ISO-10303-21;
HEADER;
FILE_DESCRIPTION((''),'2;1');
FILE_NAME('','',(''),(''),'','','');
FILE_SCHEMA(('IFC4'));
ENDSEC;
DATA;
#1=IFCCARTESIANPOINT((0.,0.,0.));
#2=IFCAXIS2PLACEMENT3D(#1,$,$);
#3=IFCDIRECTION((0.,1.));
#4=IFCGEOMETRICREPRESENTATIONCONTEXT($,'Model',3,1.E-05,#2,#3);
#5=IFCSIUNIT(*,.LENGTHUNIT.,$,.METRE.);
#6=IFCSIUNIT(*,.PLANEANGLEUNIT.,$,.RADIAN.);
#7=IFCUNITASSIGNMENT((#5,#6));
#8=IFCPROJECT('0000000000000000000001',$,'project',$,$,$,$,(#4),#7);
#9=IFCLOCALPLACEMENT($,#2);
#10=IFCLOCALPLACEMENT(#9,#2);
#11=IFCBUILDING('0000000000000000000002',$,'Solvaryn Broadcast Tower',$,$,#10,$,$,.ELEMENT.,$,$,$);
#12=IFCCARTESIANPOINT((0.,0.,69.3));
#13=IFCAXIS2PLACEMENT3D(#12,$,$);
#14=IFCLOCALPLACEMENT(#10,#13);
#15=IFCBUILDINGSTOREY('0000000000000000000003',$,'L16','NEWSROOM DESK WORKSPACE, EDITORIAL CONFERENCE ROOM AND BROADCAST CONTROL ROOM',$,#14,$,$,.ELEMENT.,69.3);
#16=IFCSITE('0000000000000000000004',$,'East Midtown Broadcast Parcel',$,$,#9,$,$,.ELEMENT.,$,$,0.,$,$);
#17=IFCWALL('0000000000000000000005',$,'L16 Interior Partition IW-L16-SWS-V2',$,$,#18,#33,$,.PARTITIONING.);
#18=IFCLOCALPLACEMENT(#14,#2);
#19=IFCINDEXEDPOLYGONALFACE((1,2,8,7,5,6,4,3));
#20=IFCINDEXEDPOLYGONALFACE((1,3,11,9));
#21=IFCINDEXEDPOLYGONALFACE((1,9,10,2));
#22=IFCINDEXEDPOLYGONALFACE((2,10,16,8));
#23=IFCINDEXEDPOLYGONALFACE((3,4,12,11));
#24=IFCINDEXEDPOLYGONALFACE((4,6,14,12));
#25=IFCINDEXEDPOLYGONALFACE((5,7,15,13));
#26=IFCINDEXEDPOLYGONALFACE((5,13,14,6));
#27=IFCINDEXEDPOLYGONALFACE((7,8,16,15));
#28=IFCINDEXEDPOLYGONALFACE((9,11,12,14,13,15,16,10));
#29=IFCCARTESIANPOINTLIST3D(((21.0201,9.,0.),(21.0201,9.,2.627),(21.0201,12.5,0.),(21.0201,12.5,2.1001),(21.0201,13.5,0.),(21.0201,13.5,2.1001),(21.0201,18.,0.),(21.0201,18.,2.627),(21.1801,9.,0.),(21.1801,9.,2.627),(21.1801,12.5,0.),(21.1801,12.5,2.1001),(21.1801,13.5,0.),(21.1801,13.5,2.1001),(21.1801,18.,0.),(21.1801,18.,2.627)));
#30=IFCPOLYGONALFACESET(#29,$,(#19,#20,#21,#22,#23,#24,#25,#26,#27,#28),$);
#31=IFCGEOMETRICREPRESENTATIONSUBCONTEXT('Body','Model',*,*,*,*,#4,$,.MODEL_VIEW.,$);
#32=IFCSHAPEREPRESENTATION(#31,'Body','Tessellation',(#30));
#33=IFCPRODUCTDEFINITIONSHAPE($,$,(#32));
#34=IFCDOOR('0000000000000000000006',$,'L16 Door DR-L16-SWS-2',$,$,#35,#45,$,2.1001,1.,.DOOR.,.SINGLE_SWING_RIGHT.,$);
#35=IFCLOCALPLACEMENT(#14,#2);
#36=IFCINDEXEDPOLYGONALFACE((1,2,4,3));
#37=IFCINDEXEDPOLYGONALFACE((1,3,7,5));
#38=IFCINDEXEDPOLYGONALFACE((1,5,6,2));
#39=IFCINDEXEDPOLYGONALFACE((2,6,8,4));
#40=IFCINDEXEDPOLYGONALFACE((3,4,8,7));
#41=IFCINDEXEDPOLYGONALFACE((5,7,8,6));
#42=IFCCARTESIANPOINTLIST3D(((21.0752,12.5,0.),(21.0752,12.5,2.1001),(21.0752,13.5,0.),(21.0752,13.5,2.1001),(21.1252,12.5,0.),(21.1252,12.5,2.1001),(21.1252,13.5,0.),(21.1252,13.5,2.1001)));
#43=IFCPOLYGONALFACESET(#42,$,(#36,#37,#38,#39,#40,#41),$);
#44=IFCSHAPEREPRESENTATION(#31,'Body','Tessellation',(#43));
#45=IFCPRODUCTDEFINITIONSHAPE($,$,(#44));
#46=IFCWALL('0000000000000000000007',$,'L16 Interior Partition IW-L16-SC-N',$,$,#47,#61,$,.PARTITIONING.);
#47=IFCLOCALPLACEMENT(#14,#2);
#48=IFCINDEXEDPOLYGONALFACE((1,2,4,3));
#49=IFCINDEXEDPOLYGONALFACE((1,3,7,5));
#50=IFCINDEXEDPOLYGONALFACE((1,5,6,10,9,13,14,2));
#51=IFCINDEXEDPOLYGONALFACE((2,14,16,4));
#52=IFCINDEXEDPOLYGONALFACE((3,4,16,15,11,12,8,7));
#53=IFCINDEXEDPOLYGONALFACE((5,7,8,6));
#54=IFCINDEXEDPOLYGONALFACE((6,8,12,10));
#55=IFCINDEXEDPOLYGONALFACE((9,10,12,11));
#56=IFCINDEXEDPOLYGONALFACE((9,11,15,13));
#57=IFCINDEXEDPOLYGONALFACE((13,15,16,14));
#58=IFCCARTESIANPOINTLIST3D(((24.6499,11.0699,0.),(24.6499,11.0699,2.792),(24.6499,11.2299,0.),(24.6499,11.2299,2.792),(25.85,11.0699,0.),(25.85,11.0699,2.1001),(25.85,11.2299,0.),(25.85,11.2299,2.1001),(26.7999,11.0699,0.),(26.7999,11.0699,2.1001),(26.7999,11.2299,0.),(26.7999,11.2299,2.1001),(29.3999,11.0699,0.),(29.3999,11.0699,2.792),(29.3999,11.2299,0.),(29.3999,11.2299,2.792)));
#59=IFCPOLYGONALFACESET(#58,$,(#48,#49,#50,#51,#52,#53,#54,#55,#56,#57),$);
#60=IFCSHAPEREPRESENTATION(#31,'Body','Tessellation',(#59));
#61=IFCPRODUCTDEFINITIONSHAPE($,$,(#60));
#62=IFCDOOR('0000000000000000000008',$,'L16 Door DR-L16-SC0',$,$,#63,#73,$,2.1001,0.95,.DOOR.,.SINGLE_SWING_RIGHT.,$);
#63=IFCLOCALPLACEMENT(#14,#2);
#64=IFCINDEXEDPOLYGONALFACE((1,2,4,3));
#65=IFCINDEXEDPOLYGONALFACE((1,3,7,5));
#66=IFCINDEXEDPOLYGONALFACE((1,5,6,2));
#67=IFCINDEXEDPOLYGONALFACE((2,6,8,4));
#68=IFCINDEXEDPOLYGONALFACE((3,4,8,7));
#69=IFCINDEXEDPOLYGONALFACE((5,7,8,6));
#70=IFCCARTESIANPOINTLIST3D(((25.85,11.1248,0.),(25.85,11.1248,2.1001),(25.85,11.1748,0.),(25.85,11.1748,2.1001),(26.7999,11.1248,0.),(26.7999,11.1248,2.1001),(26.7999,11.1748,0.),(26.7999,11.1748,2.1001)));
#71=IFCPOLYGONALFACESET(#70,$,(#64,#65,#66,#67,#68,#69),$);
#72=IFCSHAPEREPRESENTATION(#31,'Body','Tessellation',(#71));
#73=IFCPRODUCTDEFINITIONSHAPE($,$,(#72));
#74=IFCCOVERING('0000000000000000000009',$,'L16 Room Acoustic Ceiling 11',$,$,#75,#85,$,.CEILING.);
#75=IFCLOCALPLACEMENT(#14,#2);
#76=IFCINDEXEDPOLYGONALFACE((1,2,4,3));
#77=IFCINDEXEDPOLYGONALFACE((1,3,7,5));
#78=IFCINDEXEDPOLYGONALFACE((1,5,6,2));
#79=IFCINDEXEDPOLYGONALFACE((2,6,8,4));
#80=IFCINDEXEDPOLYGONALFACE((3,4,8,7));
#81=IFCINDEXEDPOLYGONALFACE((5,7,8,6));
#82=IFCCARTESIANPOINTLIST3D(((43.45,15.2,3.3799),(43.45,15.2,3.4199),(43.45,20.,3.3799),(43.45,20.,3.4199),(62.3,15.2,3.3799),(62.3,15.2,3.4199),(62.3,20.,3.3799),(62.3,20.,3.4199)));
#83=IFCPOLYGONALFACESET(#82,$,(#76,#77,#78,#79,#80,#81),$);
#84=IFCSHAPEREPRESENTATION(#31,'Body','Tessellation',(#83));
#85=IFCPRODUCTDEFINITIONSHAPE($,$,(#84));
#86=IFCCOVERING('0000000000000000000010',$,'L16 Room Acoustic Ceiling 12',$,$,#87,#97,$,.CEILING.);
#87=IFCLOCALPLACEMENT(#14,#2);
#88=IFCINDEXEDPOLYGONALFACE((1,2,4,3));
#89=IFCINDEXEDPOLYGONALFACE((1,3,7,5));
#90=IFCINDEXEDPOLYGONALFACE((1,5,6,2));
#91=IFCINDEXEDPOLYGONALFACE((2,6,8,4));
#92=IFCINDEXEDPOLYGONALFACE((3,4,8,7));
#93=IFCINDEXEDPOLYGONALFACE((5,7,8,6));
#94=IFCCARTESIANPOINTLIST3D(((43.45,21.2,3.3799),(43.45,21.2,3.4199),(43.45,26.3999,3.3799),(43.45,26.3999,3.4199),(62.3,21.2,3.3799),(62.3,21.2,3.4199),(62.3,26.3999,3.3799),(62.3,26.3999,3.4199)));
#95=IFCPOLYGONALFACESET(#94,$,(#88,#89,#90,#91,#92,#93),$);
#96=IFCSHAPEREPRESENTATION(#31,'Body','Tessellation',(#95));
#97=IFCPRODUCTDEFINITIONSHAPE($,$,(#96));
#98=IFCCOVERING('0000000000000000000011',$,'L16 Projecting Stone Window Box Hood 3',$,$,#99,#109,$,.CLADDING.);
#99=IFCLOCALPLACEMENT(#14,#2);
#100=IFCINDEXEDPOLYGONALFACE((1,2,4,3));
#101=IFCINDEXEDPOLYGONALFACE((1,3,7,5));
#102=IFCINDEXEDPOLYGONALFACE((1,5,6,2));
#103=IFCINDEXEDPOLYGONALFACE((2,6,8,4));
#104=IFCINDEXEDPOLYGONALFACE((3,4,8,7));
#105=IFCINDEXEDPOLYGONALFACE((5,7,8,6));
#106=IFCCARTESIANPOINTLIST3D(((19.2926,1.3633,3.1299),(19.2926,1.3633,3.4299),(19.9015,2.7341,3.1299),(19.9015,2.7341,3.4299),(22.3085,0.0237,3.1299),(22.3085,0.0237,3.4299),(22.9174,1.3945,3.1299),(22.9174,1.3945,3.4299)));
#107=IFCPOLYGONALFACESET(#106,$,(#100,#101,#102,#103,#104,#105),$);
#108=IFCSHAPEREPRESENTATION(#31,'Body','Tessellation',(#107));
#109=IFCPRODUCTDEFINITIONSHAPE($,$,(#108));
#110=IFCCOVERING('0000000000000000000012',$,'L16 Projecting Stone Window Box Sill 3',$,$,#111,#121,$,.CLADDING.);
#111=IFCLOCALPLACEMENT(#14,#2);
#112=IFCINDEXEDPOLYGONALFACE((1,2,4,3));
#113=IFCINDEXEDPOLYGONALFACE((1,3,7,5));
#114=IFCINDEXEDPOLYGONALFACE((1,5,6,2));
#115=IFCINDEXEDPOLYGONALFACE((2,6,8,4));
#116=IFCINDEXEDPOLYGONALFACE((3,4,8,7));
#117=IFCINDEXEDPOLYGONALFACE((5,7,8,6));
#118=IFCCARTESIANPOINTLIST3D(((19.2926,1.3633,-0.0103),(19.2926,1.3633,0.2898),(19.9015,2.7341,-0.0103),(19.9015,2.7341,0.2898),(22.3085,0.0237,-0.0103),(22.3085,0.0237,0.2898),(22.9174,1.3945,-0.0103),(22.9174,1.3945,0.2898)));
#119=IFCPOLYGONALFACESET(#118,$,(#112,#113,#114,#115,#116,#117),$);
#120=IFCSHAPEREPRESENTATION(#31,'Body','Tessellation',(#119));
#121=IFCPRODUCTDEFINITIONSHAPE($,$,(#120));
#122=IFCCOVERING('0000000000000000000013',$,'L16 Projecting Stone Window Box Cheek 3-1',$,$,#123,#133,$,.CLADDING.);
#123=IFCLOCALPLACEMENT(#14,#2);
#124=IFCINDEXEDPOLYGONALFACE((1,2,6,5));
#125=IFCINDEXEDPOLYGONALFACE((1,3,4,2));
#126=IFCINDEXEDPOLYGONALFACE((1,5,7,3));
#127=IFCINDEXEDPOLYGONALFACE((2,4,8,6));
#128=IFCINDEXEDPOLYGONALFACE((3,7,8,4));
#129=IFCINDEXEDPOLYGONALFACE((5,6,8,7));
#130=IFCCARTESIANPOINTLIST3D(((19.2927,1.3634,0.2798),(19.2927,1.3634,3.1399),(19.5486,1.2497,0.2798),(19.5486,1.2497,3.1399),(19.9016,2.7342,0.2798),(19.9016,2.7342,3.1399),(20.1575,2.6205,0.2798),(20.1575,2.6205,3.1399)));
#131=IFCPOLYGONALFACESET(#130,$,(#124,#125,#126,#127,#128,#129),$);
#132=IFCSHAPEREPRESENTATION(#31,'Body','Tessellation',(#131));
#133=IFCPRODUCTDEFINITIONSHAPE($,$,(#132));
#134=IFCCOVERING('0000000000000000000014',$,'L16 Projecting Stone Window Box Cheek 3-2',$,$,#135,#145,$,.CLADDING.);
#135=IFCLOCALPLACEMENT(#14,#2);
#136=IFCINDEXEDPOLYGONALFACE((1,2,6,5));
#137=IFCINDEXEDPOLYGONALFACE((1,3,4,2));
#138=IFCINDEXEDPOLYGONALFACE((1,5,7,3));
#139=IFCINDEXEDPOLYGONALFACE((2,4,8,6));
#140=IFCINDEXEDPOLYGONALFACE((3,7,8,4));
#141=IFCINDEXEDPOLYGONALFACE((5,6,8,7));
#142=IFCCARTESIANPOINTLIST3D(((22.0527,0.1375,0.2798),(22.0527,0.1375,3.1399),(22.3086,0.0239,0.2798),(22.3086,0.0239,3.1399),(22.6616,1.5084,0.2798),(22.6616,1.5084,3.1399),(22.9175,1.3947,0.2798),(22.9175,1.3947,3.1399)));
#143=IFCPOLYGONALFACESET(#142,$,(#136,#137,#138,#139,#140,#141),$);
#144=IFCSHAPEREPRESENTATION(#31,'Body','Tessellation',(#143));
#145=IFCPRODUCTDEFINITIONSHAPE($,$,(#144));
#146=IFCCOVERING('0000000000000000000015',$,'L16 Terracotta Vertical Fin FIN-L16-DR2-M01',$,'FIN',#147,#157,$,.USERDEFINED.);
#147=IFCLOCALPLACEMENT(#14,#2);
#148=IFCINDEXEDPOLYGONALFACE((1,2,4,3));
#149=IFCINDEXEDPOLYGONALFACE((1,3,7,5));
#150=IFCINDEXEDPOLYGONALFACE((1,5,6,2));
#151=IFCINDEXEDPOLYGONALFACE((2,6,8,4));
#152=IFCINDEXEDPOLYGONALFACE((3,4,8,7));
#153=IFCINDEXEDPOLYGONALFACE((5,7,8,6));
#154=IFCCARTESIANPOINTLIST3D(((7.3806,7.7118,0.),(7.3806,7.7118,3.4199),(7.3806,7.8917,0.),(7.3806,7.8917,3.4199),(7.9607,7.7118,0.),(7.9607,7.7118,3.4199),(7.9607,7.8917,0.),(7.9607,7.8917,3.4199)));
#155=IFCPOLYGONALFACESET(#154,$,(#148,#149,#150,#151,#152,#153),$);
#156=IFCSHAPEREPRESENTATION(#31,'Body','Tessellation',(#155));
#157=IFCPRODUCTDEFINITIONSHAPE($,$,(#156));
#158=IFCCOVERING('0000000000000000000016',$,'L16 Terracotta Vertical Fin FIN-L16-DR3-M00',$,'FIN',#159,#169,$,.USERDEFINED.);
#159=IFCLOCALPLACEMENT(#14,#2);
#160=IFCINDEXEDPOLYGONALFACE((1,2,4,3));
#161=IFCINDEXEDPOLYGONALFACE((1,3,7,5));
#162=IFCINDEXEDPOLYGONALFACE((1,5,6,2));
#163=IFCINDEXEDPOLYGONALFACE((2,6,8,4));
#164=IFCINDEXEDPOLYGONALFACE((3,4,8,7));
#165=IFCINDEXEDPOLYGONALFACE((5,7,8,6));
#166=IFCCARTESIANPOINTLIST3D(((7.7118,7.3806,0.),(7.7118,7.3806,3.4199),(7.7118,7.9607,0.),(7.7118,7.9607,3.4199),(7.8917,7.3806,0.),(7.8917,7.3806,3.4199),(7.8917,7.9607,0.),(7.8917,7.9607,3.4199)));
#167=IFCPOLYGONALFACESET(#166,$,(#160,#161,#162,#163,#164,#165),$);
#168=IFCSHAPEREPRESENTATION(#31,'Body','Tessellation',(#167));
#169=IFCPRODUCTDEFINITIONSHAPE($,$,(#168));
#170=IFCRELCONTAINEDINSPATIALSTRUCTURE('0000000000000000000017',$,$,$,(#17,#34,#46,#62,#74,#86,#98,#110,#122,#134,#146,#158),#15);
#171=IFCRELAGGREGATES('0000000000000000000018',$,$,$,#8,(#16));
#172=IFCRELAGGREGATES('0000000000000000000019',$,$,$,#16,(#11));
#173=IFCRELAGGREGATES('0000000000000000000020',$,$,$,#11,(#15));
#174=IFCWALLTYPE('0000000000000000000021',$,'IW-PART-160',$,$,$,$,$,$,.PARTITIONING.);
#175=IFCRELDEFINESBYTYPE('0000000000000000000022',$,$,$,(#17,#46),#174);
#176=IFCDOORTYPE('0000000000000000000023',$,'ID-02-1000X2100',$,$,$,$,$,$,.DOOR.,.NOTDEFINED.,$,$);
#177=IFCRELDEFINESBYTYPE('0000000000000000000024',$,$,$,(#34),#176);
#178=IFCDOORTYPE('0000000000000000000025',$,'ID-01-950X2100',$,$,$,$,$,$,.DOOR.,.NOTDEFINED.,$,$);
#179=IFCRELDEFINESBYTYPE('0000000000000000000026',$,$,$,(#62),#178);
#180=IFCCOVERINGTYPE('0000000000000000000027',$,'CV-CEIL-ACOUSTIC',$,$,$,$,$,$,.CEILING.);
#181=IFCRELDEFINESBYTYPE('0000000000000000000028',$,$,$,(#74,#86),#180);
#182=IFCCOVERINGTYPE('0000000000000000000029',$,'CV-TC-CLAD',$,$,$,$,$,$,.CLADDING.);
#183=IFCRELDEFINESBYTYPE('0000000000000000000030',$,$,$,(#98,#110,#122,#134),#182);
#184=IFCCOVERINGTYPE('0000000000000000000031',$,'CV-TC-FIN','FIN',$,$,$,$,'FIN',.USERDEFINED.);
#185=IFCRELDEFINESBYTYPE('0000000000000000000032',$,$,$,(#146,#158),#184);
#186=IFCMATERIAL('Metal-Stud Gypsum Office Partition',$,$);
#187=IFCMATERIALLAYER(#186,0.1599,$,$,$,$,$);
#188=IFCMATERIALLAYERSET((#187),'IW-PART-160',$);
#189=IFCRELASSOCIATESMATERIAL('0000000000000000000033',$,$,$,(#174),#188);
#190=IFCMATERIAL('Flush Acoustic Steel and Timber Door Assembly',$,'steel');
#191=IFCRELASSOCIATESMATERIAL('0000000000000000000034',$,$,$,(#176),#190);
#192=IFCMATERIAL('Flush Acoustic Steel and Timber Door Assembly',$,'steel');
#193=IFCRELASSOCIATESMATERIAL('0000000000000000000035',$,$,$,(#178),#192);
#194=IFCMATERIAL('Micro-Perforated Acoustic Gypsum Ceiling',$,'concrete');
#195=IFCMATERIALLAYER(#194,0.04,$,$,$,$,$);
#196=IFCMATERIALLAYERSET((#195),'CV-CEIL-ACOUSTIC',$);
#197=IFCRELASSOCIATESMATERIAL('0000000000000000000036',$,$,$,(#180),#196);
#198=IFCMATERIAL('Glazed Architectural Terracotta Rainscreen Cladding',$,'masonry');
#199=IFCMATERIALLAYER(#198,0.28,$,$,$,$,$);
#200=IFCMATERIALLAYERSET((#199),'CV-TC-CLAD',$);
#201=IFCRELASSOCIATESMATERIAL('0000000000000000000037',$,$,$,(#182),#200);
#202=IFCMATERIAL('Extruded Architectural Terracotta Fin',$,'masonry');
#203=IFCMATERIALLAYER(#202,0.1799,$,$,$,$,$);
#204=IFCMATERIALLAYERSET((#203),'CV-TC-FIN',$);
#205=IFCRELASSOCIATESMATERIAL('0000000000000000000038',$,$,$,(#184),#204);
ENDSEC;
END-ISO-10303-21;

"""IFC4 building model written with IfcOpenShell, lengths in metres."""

from ifc_helpers import new_model, si_unit, direction, frame, frame_2d, origin, origin_2d, place, context, subcontext, project, spatial, polyline, rectangle, outline, extrude, material, layer, layer_set, type_object, element, fill, save


model = new_model("IFC4")

# Units and contexts
model_context = context("Model", 3, precision=1e-05, world=origin(), true_north=direction((0.0, 1.0)))
body_context = subcontext(model_context, "Body", "Model", "MODEL_VIEW")
ifc_project = project(units=[si_unit("LENGTHUNIT", "METRE"), si_unit("PLANEANGLEUNIT", "RADIAN")], contexts=[model_context])

# Site, building, storey
site_placement = place(None, origin())
site = spatial("IfcSite", under=ifc_project, at=site_placement, Name="East Midtown Broadcast Parcel", CompositionType="ELEMENT", RefElevation=0.0)
building_placement = place(site_placement, origin())
building = spatial("IfcBuilding", under=site, at=building_placement, Name="Solvaryn Broadcast Tower", CompositionType="ELEMENT")
storey_placement = place(building_placement, frame((0.0, 0.0, 69.3)))
storey = spatial("IfcBuildingStorey", under=building, at=storey_placement, Name="L16", Description="NEWSROOM DESK WORKSPACE, EDITORIAL CONFERENCE ROOM AND BROADCAST CONTROL ROOM", CompositionType="ELEMENT", Elevation=69.3)

# Shared definitions
ifc_material_1 = material(Name="Metal-Stud Gypsum Office Partition")
ifc_layer_1 = layer(ifc_material_1, 0.1599)
ifc_layer_set_1 = layer_set([ifc_layer_1], Name="IW-PART-160")
wall_type = type_object("IfcWallType", Name="IW-PART-160", PredefinedType="PARTITIONING", material=ifc_layer_set_1)
ifc_material_2 = material(Name="Flush Acoustic Steel and Timber Door Assembly", Category="steel")
door_type_1 = type_object("IfcDoorType", Name="ID-02-1000X2100", OperationType="NOTDEFINED", PredefinedType="DOOR", material=ifc_material_2)

# Walls, openings, doors
ifc_material_3 = material(Name="Flush Acoustic Steel and Timber Door Assembly", Category="steel")
door_type_2 = type_object("IfcDoorType", Name="ID-01-950X2100", OperationType="NOTDEFINED", PredefinedType="DOOR", material=ifc_material_3)
wall_1_placement = place(storey_placement, frame((21.1001, 9.0, 0.0), z_axis=(0.0, 0.0, 1.0), x_axis=(0.0, 1.0, 0.0)))
wall_1 = element("IfcWall", 1, at=wall_1_placement, inside=storey, type_object=wall_type, Name="L16 Interior Partition IW-L16-SWS-V2", PredefinedType="PARTITIONING", context=body_context, shape_type="SweptSolid", body=[
    extrude(rectangle(XDim=9.0, YDim=0.1599, at=frame_2d((4.5, 0.0))), origin(), (0.0, 0.0, 1.0), 2.627),
])
opening_1_placement = place(wall_1_placement, frame((3.5, 0.0, 0.0)))
opening_1 = element("IfcOpeningElement", 2, at=opening_1_placement, cuts=wall_1, PredefinedType="OPENING", context=body_context, shape_type="SweptSolid", body=[
    extrude(rectangle(XDim=1.0, YDim=2.1001, at=frame_2d((0.5, 1.05))), frame((0.0, 0.0901, 0.0), z_axis=(0.0, -1.0, 0.0), x_axis=(1.0, 0.0, 0.0)), (0.0, 0.0, 1.0), 0.1799),
])
door_1_placement = place(opening_1_placement, origin())
door_1 = element("IfcDoor", 3, at=door_1_placement, inside=storey, type_object=door_type_1, Name="L16 Door DR-L16-SWS-2", OperationType="SINGLE_SWING_RIGHT", OverallHeight=2.1001, OverallWidth=1.0, PredefinedType="DOOR", context=body_context, shape_type="SweptSolid", body=[
    extrude(rectangle(XDim=1.0, YDim=2.1001, at=frame_2d((0.5, 1.05))), frame((0.0, 0.0249, 0.0), z_axis=(0.0, -1.0, 0.0), x_axis=(1.0, 0.0, 0.0)), (0.0, 0.0, 1.0), 0.05),
])
fill(opening_1, door_1)
wall_2_placement = place(storey_placement, frame((24.6499, 11.1499, 0.0), z_axis=(0.0, 0.0, 1.0), x_axis=(1.0, 0.0, 0.0)))
wall_2 = element("IfcWall", 4, at=wall_2_placement, inside=storey, type_object=wall_type, Name="L16 Interior Partition IW-L16-SC-N", PredefinedType="PARTITIONING", context=body_context, shape_type="SweptSolid", body=[
    extrude(rectangle(XDim=4.75, YDim=0.1599, at=frame_2d((2.375, 0.0))), origin(), (0.0, 0.0, 1.0), 2.792),
])
opening_2_placement = place(wall_2_placement, frame((1.2, 0.0, 0.0)))
opening_2 = element("IfcOpeningElement", 5, at=opening_2_placement, cuts=wall_2, PredefinedType="OPENING", context=body_context, shape_type="SweptSolid", body=[
    extrude(rectangle(XDim=0.95, YDim=2.1001, at=frame_2d((0.4751, 1.05))), frame((0.0, 0.0901, 0.0), z_axis=(0.0, -1.0, 0.0), x_axis=(1.0, 0.0, 0.0)), (0.0, 0.0, 1.0), 0.1799),
])
door_2_placement = place(opening_2_placement, origin())
door_2 = element("IfcDoor", 6, at=door_2_placement, inside=storey, type_object=door_type_2, Name="L16 Door DR-L16-SC0", OperationType="SINGLE_SWING_RIGHT", OverallHeight=2.1001, OverallWidth=0.95, PredefinedType="DOOR", context=body_context, shape_type="SweptSolid", body=[
    extrude(rectangle(XDim=0.95, YDim=2.1001, at=frame_2d((0.4751, 1.05))), frame((0.0, 0.0249, 0.0), z_axis=(0.0, -1.0, 0.0), x_axis=(1.0, 0.0, 0.0)), (0.0, 0.0, 1.0), 0.05),
])
fill(opening_2, door_2)

# Coverings
ifc_material_4 = material(Name="Micro-Perforated Acoustic Gypsum Ceiling", Category="concrete")
ifc_layer_2 = layer(ifc_material_4, 0.04)
ifc_layer_set_2 = layer_set([ifc_layer_2], Name="CV-CEIL-ACOUSTIC")
covering_type_1 = type_object("IfcCoveringType", Name="CV-CEIL-ACOUSTIC", PredefinedType="CEILING", material=ifc_layer_set_2)
covering_1_placement = place(storey_placement, frame((0.0, 0.0, 3.3799)))
element("IfcCovering", 7, at=covering_1_placement, inside=storey, type_object=covering_type_1, Name="L16 Room Acoustic Ceiling 11", PredefinedType="CEILING", context=body_context, shape_type="SweptSolid", body=[
    extrude(outline(polyline([(43.45, 15.2), (62.3, 15.2), (62.3, 20.0), (43.45, 20.0), (43.45, 15.2)])), origin(), (0.0, 0.0, 1.0), 0.04),
])
covering_2_placement = place(storey_placement, frame((0.0, 0.0, 3.3799)))
element("IfcCovering", 8, at=covering_2_placement, inside=storey, type_object=covering_type_1, Name="L16 Room Acoustic Ceiling 12", PredefinedType="CEILING", context=body_context, shape_type="SweptSolid", body=[
    extrude(outline(polyline([(43.45, 21.2), (62.3, 21.2), (62.3, 26.3999), (43.45, 26.3999), (43.45, 21.2)])), origin(), (0.0, 0.0, 1.0), 0.04),
])
ifc_material_5 = material(Name="Glazed Architectural Terracotta Rainscreen Cladding", Category="masonry")
ifc_layer_3 = layer(ifc_material_5, 0.28)
ifc_layer_set_3 = layer_set([ifc_layer_3], Name="CV-TC-CLAD")
covering_type_2 = type_object("IfcCoveringType", Name="CV-TC-CLAD", PredefinedType="CLADDING", material=ifc_layer_set_3)
for number, where, z_axis, x_axis, name in (
    (9, (21.105, 1.3789, 3.1299), (0.0, 0.0, 1.0), (0.9139, -0.405939, 0.0), "L16 Projecting Stone Window Box Hood 3"),
    (10, (21.105, 1.3789, -0.0103), (0.0, 0.0, 1.0), (0.9139, -0.405939, 0.0), "L16 Projecting Stone Window Box Sill 3"),
):
    element("IfcCovering", number, at=place(storey_placement, frame(where, z_axis=z_axis, x_axis=x_axis)), inside=storey, type_object=covering_type_2, Name=name, PredefinedType="CLADDING", context=body_context, shape_type="SweptSolid", body=[
        extrude(rectangle(XDim=3.3, YDim=1.5, at=origin_2d()), origin(), (0.0, 0.0, 1.0), 0.3),
    ])
for number, where, z_axis, x_axis, name in (
    (11, (19.7251, 1.9919, 0.2798), (0.0, 0.0, 1.0), (0.9139, -0.405939, 0.0), "L16 Projecting Stone Window Box Cheek 3-1"),
    (12, (22.4851, 0.7661, 0.2798), (0.0, 0.0, 1.0), (0.9139, -0.405939, 0.0), "L16 Projecting Stone Window Box Cheek 3-2"),
):
    element("IfcCovering", number, at=place(storey_placement, frame(where, z_axis=z_axis, x_axis=x_axis)), inside=storey, type_object=covering_type_2, Name=name, PredefinedType="CLADDING", context=body_context, shape_type="SweptSolid", body=[
        extrude(rectangle(XDim=0.28, YDim=1.5, at=origin_2d()), origin(), (0.0, 0.0, 1.0), 2.8601),
    ])
ifc_material_6 = material(Name="Extruded Architectural Terracotta Fin", Category="masonry")
ifc_layer_4 = layer(ifc_material_6, 0.1799)
ifc_layer_set_4 = layer_set([ifc_layer_4], Name="CV-TC-FIN")
covering_type_3 = type_object("IfcCoveringType", Name="CV-TC-FIN", Description="FIN", ElementType="FIN", PredefinedType="USERDEFINED", material=ifc_layer_set_4)
covering_3_placement = place(storey_placement, frame((7.6707, 7.8018, 0.0), z_axis=(0.0, 0.0, 1.0), x_axis=(1.0, 0.0, 0.0)))
element("IfcCovering", 13, at=covering_3_placement, inside=storey, type_object=covering_type_3, Name="L16 Terracotta Vertical Fin FIN-L16-DR2-M01", ObjectType="FIN", PredefinedType="USERDEFINED", context=body_context, shape_type="SweptSolid", body=[
    extrude(rectangle(XDim=0.5801, YDim=0.1799, at=origin_2d()), origin(), (0.0, 0.0, 1.0), 3.4199),
])
covering_4_placement = place(storey_placement, frame((7.8018, 7.6707, 0.0), z_axis=(0.0, 0.0, 1.0), x_axis=(1.0, 0.0, 0.0)))
element("IfcCovering", 14, at=covering_4_placement, inside=storey, type_object=covering_type_3, Name="L16 Terracotta Vertical Fin FIN-L16-DR3-M00", ObjectType="FIN", PredefinedType="USERDEFINED", context=body_context, shape_type="SweptSolid", body=[
    extrude(rectangle(XDim=0.1799, YDim=0.5801, at=origin_2d()), origin(), (0.0, 0.0, 1.0), 3.4199),
])

save(model, "model.ifc")
